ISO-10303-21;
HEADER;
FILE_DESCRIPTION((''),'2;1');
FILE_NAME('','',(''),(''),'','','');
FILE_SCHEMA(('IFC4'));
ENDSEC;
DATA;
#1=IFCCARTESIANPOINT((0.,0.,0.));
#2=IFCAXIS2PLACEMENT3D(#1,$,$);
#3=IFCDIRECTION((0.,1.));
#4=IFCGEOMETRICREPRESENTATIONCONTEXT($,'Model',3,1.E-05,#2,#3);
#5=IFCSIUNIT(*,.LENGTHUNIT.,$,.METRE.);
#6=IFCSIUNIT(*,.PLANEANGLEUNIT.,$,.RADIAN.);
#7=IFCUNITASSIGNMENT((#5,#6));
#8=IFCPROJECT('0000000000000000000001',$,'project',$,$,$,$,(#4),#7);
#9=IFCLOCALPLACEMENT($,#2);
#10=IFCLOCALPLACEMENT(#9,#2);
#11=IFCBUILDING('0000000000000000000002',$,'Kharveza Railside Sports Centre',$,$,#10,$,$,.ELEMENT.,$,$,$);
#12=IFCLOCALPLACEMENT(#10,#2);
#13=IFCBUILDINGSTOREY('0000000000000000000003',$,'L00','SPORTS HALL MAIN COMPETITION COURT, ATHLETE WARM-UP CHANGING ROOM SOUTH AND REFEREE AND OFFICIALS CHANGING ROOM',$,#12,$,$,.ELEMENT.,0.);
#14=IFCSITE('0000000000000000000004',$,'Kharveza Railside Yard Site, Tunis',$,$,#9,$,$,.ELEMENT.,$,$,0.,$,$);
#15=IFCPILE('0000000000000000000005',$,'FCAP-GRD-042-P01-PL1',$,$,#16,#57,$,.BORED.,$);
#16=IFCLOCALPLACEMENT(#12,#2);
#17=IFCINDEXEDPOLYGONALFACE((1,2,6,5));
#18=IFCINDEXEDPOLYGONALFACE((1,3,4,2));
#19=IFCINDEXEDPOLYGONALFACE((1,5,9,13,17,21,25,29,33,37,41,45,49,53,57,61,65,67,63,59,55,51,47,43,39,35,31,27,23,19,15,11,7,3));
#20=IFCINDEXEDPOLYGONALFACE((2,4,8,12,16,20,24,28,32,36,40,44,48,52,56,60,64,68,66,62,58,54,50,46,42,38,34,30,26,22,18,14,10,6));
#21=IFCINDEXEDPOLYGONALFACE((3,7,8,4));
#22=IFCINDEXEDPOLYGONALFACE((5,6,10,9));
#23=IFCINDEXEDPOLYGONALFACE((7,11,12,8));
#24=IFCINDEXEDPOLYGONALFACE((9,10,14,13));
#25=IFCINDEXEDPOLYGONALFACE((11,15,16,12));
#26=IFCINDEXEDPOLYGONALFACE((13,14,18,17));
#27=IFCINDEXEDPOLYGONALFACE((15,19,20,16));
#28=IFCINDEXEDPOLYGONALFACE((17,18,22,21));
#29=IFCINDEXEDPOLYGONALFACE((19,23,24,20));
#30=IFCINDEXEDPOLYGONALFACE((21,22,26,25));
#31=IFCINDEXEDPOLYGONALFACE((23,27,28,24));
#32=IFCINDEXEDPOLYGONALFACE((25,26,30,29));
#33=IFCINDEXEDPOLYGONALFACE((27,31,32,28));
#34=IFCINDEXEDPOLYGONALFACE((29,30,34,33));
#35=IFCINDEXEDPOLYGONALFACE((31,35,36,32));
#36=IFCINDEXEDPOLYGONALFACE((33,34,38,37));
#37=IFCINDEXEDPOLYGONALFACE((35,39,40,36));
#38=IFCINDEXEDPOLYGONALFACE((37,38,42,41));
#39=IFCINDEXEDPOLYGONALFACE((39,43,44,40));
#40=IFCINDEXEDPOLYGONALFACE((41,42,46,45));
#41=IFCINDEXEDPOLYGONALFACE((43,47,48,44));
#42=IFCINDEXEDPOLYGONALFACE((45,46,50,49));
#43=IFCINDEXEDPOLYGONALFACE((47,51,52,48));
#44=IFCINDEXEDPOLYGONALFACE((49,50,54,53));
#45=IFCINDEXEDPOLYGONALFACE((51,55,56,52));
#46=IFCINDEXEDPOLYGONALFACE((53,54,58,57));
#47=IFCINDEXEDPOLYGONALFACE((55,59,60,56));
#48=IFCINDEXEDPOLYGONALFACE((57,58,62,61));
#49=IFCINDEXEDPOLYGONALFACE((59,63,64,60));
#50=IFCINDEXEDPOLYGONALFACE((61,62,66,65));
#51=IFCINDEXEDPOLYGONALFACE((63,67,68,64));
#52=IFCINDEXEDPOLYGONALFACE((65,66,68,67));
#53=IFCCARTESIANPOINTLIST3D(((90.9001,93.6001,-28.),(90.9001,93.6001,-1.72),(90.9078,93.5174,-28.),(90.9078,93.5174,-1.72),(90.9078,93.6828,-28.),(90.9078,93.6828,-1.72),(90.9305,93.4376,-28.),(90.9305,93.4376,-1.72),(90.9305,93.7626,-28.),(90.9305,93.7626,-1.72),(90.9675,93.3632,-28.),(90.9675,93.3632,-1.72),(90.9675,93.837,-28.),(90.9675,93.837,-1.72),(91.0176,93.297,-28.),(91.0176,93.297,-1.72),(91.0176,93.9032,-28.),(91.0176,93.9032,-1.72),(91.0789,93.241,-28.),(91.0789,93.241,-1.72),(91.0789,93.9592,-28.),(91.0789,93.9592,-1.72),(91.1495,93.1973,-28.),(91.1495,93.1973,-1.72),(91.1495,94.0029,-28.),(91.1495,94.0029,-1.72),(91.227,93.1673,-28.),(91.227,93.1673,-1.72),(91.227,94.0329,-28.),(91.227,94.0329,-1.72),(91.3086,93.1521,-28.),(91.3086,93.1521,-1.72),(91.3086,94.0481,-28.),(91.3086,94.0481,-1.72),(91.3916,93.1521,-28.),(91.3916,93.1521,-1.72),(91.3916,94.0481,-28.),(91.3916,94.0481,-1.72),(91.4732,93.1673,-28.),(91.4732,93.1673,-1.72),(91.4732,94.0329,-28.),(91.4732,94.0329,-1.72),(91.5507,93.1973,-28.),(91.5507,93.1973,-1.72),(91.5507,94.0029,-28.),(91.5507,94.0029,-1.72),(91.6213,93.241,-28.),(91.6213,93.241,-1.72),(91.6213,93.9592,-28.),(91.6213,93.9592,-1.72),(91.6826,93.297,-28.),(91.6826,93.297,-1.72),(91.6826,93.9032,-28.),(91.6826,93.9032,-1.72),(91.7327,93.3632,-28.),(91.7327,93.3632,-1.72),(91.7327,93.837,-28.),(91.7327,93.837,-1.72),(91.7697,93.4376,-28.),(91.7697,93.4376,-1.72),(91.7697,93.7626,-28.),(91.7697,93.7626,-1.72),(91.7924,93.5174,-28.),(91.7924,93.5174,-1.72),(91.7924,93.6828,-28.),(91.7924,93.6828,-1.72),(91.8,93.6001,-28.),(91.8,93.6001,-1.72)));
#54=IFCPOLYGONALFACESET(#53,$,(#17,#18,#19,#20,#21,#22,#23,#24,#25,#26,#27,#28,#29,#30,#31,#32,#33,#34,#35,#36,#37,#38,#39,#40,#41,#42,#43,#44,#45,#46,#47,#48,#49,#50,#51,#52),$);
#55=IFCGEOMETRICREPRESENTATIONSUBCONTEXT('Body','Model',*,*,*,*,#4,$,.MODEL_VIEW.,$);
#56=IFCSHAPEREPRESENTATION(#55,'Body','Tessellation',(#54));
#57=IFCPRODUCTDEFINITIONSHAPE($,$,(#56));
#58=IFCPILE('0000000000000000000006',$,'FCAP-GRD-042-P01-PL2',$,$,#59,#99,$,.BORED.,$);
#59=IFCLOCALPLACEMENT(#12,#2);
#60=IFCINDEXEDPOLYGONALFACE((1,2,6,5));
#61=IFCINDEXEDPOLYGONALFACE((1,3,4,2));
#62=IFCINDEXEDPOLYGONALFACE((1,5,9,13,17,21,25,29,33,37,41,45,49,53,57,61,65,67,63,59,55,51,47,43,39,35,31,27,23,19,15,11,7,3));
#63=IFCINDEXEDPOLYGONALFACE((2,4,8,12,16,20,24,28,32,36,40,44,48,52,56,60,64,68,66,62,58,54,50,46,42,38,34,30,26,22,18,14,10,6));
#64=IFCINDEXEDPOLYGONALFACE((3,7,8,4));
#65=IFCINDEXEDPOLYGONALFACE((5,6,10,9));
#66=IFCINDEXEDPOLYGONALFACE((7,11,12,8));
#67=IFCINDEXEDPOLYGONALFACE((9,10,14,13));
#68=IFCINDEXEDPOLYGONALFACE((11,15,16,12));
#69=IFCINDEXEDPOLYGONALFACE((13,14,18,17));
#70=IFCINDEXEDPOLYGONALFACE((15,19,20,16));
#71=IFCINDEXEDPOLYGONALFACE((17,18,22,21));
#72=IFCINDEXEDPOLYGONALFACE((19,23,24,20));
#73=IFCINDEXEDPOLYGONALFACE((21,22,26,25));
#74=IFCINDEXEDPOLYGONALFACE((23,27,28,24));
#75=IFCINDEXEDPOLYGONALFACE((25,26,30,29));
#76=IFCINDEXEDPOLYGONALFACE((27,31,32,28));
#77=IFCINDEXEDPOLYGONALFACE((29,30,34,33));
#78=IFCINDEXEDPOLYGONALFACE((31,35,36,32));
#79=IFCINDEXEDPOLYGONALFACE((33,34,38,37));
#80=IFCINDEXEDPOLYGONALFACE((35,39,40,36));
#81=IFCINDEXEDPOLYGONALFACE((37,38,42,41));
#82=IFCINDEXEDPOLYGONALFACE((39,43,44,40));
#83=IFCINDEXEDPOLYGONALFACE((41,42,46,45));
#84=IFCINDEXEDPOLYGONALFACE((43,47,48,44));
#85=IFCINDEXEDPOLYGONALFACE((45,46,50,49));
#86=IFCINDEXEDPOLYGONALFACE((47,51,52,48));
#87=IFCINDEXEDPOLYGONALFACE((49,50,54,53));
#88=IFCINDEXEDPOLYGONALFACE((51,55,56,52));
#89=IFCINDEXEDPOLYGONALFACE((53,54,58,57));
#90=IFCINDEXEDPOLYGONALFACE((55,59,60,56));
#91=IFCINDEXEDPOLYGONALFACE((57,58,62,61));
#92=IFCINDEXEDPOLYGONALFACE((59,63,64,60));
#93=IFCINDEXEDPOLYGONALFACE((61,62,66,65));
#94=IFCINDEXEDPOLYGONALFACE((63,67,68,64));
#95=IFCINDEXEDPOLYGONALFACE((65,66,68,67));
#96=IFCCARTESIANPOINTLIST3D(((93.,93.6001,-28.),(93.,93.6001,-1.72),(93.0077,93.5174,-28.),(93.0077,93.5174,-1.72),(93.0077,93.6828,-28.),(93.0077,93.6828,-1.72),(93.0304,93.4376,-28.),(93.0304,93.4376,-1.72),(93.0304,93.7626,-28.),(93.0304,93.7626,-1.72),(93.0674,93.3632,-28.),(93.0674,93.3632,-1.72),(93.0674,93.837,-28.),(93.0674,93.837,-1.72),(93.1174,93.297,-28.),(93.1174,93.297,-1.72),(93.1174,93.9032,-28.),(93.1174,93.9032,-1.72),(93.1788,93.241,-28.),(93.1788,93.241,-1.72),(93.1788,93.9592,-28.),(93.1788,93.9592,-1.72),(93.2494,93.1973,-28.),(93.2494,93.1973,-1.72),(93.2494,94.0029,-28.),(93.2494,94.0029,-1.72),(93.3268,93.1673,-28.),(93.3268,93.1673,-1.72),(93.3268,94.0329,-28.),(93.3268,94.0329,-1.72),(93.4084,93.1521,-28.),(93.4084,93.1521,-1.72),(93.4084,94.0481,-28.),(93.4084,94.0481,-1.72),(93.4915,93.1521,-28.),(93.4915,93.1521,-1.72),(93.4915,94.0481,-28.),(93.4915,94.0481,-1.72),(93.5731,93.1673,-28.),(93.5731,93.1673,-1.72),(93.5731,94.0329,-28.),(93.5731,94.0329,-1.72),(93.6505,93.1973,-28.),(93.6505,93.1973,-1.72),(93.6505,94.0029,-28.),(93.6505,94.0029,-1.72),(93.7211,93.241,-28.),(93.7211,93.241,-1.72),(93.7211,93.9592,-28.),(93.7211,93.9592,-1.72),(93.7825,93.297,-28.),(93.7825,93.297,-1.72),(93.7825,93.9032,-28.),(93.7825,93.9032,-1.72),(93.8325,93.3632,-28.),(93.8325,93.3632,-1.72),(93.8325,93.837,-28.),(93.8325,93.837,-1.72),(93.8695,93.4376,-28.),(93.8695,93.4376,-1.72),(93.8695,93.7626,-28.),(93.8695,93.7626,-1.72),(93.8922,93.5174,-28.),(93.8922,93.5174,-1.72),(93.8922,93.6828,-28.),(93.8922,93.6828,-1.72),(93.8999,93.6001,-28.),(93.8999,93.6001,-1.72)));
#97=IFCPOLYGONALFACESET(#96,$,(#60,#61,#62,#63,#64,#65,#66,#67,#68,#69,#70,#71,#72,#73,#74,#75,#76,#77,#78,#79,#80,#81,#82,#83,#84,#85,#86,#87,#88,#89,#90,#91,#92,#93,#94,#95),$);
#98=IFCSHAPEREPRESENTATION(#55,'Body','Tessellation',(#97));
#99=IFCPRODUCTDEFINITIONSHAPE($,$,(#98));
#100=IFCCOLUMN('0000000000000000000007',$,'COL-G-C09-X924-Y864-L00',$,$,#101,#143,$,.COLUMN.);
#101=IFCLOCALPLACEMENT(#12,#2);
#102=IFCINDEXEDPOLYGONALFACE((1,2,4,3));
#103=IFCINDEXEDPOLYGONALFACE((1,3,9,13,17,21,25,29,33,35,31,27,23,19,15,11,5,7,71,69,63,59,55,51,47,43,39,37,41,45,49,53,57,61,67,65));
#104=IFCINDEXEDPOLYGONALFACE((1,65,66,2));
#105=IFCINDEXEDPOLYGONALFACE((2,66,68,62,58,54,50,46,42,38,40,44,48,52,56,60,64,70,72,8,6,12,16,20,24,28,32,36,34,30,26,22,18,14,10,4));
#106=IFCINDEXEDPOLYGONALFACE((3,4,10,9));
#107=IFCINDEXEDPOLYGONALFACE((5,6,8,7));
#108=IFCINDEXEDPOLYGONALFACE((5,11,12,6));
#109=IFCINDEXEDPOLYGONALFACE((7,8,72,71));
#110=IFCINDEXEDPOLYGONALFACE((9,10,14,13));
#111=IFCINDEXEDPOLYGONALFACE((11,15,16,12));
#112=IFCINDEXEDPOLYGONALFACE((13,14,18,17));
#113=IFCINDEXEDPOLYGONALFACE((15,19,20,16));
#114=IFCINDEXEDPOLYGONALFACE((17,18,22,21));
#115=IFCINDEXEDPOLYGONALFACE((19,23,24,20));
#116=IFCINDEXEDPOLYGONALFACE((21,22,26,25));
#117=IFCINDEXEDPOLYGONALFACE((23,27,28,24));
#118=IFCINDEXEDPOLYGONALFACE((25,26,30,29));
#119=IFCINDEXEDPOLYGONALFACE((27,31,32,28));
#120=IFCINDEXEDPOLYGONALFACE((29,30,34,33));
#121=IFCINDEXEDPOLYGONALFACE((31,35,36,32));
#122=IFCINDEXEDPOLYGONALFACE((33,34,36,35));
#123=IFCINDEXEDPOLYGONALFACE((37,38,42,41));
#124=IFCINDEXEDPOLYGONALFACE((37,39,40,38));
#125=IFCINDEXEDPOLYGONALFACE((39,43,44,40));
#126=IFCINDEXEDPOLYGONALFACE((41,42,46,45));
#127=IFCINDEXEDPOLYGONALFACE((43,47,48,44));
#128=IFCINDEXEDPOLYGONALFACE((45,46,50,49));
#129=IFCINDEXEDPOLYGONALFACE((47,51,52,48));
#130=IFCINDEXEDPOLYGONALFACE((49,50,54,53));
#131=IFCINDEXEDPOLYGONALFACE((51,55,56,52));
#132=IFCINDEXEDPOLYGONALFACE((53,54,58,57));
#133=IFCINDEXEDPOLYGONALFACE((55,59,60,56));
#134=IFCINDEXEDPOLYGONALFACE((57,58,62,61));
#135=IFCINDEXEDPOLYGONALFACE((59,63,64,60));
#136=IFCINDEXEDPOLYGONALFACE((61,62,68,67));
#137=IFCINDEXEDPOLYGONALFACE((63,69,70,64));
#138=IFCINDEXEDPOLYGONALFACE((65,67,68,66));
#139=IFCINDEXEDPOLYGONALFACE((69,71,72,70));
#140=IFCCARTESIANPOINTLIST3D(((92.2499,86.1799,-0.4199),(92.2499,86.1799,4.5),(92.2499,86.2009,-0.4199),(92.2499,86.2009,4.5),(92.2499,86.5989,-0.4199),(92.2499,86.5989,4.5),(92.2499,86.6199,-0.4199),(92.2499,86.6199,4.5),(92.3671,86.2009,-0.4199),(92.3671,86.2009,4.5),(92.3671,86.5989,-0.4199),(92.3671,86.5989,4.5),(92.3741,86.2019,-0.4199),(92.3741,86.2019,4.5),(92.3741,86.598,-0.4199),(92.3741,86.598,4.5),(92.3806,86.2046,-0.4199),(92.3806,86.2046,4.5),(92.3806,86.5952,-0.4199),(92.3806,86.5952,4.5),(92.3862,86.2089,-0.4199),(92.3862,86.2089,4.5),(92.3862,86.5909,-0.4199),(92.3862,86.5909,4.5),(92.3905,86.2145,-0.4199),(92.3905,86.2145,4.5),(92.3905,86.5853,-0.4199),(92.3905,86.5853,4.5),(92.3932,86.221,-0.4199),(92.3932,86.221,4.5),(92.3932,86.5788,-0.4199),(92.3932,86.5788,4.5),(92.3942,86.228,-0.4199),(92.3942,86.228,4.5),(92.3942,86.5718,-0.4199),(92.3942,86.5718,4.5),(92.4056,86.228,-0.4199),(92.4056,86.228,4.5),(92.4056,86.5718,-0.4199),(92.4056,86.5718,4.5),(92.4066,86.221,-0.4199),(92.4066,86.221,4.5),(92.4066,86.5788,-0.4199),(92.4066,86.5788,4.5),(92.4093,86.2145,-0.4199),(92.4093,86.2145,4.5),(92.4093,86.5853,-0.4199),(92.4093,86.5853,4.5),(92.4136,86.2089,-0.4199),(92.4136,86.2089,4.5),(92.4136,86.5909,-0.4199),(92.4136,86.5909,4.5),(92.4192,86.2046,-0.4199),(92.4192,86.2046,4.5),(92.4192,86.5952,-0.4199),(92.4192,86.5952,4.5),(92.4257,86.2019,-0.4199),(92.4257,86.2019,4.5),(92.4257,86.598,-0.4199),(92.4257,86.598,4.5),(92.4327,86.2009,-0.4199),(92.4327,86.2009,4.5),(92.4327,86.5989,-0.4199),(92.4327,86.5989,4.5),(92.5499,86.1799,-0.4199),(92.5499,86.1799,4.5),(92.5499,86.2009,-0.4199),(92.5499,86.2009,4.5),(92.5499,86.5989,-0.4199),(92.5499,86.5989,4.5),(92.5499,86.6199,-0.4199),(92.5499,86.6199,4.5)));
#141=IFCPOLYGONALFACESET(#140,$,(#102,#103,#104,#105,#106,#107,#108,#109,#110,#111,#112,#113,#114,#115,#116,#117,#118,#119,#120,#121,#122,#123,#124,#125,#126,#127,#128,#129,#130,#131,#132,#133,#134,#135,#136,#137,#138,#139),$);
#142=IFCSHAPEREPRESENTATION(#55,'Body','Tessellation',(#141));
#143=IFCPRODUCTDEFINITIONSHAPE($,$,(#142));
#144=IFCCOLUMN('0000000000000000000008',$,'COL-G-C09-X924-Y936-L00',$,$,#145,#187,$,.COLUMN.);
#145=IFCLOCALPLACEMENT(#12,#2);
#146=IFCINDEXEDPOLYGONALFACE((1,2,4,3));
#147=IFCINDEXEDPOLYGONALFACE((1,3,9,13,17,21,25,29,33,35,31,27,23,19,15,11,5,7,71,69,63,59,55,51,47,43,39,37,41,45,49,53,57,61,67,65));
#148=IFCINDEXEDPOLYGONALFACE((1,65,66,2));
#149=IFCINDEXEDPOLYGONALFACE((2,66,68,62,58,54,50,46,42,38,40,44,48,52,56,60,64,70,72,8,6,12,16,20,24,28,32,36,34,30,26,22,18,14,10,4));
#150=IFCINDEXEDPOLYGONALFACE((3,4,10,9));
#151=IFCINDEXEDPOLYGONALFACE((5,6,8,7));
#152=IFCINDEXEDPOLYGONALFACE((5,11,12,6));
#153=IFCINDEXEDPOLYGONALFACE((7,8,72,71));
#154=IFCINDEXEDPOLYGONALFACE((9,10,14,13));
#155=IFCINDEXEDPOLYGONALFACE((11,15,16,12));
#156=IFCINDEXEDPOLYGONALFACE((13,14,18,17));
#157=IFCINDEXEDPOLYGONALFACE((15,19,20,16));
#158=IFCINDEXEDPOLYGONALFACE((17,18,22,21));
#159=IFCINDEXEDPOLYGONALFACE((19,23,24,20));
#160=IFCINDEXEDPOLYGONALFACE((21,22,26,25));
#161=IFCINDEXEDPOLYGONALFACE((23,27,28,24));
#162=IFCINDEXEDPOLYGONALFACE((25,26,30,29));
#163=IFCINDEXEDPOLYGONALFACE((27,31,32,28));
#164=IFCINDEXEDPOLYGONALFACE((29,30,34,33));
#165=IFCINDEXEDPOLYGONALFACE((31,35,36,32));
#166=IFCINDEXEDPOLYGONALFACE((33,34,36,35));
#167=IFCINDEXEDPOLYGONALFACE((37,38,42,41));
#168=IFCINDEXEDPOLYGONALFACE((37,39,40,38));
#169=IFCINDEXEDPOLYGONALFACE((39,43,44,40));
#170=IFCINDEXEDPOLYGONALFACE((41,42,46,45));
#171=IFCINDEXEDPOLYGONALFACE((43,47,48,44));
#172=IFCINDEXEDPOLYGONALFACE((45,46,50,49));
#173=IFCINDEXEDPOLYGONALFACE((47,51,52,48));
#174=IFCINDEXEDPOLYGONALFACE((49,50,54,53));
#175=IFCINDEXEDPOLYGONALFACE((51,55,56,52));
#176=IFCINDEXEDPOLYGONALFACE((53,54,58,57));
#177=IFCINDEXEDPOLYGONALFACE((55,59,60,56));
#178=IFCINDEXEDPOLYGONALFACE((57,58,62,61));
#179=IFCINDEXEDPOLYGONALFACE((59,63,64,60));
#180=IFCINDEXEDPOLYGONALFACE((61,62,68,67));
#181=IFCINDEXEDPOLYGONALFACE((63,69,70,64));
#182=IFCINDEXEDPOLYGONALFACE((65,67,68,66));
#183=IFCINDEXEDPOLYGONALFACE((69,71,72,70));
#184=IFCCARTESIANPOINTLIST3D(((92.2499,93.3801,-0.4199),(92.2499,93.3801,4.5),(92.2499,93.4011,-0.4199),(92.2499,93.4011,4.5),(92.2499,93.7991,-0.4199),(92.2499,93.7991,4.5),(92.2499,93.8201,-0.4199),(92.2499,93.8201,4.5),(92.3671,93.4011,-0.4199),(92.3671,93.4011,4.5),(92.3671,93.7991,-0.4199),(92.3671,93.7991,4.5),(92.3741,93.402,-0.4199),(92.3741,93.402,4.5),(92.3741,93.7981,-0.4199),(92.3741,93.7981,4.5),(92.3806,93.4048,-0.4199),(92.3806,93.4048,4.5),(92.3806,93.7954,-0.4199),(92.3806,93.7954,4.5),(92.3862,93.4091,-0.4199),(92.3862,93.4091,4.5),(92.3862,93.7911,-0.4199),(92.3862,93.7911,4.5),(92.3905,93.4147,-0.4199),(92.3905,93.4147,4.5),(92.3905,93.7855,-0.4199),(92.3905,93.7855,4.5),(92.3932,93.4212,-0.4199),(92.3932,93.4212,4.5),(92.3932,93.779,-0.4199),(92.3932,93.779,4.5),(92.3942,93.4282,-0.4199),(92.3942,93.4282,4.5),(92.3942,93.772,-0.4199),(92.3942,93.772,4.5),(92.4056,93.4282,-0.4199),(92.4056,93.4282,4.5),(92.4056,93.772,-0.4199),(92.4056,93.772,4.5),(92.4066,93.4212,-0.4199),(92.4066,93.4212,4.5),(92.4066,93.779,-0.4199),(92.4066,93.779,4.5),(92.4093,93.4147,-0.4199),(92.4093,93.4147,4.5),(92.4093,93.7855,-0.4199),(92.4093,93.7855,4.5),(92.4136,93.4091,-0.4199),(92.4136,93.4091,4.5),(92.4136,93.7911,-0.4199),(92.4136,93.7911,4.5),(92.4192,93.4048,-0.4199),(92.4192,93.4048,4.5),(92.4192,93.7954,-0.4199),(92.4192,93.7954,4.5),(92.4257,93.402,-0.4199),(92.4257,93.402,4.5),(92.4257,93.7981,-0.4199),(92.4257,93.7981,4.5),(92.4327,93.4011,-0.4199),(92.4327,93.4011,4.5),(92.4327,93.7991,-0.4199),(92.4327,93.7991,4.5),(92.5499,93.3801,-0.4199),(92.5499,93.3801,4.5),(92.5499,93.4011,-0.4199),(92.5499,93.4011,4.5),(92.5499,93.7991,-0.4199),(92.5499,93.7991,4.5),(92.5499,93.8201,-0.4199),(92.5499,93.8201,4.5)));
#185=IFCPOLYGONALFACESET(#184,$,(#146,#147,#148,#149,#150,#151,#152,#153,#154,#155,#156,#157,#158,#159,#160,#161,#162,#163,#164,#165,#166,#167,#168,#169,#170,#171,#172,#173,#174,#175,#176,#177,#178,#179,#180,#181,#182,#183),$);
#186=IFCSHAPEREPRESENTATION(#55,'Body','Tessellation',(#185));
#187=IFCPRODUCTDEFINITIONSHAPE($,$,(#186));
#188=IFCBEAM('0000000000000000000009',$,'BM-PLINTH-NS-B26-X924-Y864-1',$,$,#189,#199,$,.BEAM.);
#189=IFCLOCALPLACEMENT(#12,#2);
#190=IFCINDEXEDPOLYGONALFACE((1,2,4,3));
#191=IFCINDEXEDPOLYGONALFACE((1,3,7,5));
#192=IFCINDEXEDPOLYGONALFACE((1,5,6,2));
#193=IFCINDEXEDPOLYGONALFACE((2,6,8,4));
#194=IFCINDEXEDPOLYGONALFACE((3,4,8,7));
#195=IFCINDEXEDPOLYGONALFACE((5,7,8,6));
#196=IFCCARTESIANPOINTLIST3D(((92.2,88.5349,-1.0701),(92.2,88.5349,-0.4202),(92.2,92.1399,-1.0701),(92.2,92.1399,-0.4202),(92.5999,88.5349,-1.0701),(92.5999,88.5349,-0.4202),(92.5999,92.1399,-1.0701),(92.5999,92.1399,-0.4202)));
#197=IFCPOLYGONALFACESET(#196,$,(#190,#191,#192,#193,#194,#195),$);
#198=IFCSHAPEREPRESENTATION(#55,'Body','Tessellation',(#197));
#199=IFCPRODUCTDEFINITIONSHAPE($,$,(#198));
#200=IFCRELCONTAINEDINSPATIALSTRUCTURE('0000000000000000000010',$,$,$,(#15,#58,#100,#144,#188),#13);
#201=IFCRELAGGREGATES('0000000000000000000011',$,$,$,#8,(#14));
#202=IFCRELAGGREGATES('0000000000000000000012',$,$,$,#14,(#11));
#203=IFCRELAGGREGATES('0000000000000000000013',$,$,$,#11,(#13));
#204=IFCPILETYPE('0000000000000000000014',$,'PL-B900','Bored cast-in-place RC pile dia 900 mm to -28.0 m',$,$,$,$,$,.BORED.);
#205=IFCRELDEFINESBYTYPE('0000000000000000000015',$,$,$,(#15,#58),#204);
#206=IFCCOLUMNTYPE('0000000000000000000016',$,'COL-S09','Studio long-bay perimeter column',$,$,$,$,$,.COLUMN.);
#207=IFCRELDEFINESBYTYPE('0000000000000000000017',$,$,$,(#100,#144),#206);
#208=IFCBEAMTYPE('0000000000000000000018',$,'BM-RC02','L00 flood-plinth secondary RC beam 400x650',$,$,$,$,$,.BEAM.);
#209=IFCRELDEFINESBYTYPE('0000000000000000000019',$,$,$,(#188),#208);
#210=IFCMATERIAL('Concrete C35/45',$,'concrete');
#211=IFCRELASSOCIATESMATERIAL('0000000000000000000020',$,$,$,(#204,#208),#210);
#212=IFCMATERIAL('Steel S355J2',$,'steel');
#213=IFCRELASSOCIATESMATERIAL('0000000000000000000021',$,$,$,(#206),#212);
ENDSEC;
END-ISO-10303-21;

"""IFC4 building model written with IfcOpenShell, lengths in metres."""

from ifc_helpers import new_model, si_unit, direction, frame, origin, origin_2d, place, context, subcontext, project, spatial, rectangle, circle, i_section, extrude, material, material_profile, profile_set, type_object, element, save


model = new_model("IFC4")

# Units and contexts
model_context = context("Model", 3, precision=1e-05, world=origin(), true_north=direction((0.0, 1.0)))
body_context = subcontext(model_context, "Body", "Model", "MODEL_VIEW")
ifc_project = project(units=[si_unit("LENGTHUNIT", "METRE"), si_unit("PLANEANGLEUNIT", "RADIAN")], contexts=[model_context])

# Site, building, storey
site_placement = place(None, origin())
site = spatial("IfcSite", under=ifc_project, at=site_placement, Name="Kharveza Railside Yard Site, Tunis", CompositionType="ELEMENT", RefElevation=0.0)
building_placement = place(site_placement, origin())
building = spatial("IfcBuilding", under=site, at=building_placement, Name="Kharveza Railside Sports Centre", CompositionType="ELEMENT")
storey_placement = place(building_placement, origin())
storey = spatial("IfcBuildingStorey", under=building, at=storey_placement, Name="L00", Description="SPORTS HALL MAIN COMPETITION COURT, ATHLETE WARM-UP CHANGING ROOM SOUTH AND REFEREE AND OFFICIALS CHANGING ROOM", CompositionType="ELEMENT", Elevation=0.0)

# Shared definitions
ifc_material_1 = material(Name="Concrete C35/45", Category="concrete")

# Piles
ifc_material_profile_1 = material_profile(ifc_material_1, circle(Radius=0.45, at=origin_2d()), Name="PILE D900")
ifc_profile_set_1 = profile_set([ifc_material_profile_1], Name="Concrete C35/45")
pile_type = type_object("IfcPileType", Name="PL-B900", Description="Bored cast-in-place RC pile dia 900 mm to -28.0 m", PredefinedType="BORED", material=ifc_profile_set_1)
for number, where, z_axis, x_axis, name in (
    (1, (91.3501, 93.6001, -1.72), (0.0, 0.0, -1.0), (1.0, 0.0, 0.0), "FCAP-GRD-042-P01-PL1"),
    (2, (93.45, 93.6001, -1.72), (0.0, 0.0, -1.0), (1.0, 0.0, 0.0), "FCAP-GRD-042-P01-PL2"),
):
    element("IfcPile", number, at=place(storey_placement, frame(where, z_axis=z_axis, x_axis=x_axis)), inside=storey, type_object=pile_type, Name=name, PredefinedType="BORED", context=body_context, shape_type="SweptSolid", body=[
        extrude(circle(Radius=0.45, at=origin_2d()), origin(), (0.0, 0.0, 1.0), 26.28),
    ])

# Columns
ifc_material_2 = material(Name="Steel S355J2", Category="steel")
ifc_material_profile_2 = material_profile(ifc_material_2, i_section(OverallWidth=0.3, OverallDepth=0.4399, WebThickness=0.0115, FlangeThickness=0.021, FilletRadius=0.0271, at=origin_2d()), Name="HEA 450")
ifc_profile_set_2 = profile_set([ifc_material_profile_2], Name="Steel S355J2")
column_type = type_object("IfcColumnType", Name="COL-S09", Description="Studio long-bay perimeter column", PredefinedType="COLUMN", material=ifc_profile_set_2)
for number, where, z_axis, x_axis, name in (
    (3, (92.3999, 86.3999, -0.4199), (0.0, 0.0, 1.0), (1.0, 0.0, 0.0), "COL-G-C09-X924-Y864-L00"),
    (4, (92.3999, 93.6001, -0.4199), (0.0, 0.0, 1.0), (1.0, 0.0, 0.0), "COL-G-C09-X924-Y936-L00"),
):
    element("IfcColumn", number, at=place(storey_placement, frame(where, z_axis=z_axis, x_axis=x_axis)), inside=storey, type_object=column_type, Name=name, PredefinedType="COLUMN", context=body_context, shape_type="SweptSolid", body=[
        extrude(i_section(OverallWidth=0.3, OverallDepth=0.4399, WebThickness=0.0115, FlangeThickness=0.021, FilletRadius=0.0271, at=origin_2d()), origin(), (0.0, 0.0, 1.0), 4.9199),
    ])

# Beam
ifc_material_profile_3 = material_profile(ifc_material_1, rectangle(XDim=0.3999, YDim=0.6499, at=origin_2d()), Name="RCB 400x650")
ifc_profile_set_3 = profile_set([ifc_material_profile_3], Name="Concrete C35/45")
beam_type_1 = type_object("IfcBeamType", Name="BM-RC02", Description="L00 flood-plinth secondary RC beam 400x650", PredefinedType="BEAM", material=ifc_profile_set_3)
beam_1_placement = place(storey_placement, frame((92.3999, 88.5349, -0.7451), z_axis=(0.0, 1.0, 0.0), x_axis=(-1.0, 0.0, 0.0)))
element("IfcBeam", 5, at=beam_1_placement, inside=storey, type_object=beam_type_1, Name="BM-PLINTH-NS-B26-X924-Y864-1", PredefinedType="BEAM", context=body_context, shape_type="SweptSolid", body=[
    extrude(rectangle(XDim=0.3999, YDim=0.6499, at=origin_2d()), origin(), (0.0, 0.0, 1.0), 3.605),
])

save(model, "model.ifc")
